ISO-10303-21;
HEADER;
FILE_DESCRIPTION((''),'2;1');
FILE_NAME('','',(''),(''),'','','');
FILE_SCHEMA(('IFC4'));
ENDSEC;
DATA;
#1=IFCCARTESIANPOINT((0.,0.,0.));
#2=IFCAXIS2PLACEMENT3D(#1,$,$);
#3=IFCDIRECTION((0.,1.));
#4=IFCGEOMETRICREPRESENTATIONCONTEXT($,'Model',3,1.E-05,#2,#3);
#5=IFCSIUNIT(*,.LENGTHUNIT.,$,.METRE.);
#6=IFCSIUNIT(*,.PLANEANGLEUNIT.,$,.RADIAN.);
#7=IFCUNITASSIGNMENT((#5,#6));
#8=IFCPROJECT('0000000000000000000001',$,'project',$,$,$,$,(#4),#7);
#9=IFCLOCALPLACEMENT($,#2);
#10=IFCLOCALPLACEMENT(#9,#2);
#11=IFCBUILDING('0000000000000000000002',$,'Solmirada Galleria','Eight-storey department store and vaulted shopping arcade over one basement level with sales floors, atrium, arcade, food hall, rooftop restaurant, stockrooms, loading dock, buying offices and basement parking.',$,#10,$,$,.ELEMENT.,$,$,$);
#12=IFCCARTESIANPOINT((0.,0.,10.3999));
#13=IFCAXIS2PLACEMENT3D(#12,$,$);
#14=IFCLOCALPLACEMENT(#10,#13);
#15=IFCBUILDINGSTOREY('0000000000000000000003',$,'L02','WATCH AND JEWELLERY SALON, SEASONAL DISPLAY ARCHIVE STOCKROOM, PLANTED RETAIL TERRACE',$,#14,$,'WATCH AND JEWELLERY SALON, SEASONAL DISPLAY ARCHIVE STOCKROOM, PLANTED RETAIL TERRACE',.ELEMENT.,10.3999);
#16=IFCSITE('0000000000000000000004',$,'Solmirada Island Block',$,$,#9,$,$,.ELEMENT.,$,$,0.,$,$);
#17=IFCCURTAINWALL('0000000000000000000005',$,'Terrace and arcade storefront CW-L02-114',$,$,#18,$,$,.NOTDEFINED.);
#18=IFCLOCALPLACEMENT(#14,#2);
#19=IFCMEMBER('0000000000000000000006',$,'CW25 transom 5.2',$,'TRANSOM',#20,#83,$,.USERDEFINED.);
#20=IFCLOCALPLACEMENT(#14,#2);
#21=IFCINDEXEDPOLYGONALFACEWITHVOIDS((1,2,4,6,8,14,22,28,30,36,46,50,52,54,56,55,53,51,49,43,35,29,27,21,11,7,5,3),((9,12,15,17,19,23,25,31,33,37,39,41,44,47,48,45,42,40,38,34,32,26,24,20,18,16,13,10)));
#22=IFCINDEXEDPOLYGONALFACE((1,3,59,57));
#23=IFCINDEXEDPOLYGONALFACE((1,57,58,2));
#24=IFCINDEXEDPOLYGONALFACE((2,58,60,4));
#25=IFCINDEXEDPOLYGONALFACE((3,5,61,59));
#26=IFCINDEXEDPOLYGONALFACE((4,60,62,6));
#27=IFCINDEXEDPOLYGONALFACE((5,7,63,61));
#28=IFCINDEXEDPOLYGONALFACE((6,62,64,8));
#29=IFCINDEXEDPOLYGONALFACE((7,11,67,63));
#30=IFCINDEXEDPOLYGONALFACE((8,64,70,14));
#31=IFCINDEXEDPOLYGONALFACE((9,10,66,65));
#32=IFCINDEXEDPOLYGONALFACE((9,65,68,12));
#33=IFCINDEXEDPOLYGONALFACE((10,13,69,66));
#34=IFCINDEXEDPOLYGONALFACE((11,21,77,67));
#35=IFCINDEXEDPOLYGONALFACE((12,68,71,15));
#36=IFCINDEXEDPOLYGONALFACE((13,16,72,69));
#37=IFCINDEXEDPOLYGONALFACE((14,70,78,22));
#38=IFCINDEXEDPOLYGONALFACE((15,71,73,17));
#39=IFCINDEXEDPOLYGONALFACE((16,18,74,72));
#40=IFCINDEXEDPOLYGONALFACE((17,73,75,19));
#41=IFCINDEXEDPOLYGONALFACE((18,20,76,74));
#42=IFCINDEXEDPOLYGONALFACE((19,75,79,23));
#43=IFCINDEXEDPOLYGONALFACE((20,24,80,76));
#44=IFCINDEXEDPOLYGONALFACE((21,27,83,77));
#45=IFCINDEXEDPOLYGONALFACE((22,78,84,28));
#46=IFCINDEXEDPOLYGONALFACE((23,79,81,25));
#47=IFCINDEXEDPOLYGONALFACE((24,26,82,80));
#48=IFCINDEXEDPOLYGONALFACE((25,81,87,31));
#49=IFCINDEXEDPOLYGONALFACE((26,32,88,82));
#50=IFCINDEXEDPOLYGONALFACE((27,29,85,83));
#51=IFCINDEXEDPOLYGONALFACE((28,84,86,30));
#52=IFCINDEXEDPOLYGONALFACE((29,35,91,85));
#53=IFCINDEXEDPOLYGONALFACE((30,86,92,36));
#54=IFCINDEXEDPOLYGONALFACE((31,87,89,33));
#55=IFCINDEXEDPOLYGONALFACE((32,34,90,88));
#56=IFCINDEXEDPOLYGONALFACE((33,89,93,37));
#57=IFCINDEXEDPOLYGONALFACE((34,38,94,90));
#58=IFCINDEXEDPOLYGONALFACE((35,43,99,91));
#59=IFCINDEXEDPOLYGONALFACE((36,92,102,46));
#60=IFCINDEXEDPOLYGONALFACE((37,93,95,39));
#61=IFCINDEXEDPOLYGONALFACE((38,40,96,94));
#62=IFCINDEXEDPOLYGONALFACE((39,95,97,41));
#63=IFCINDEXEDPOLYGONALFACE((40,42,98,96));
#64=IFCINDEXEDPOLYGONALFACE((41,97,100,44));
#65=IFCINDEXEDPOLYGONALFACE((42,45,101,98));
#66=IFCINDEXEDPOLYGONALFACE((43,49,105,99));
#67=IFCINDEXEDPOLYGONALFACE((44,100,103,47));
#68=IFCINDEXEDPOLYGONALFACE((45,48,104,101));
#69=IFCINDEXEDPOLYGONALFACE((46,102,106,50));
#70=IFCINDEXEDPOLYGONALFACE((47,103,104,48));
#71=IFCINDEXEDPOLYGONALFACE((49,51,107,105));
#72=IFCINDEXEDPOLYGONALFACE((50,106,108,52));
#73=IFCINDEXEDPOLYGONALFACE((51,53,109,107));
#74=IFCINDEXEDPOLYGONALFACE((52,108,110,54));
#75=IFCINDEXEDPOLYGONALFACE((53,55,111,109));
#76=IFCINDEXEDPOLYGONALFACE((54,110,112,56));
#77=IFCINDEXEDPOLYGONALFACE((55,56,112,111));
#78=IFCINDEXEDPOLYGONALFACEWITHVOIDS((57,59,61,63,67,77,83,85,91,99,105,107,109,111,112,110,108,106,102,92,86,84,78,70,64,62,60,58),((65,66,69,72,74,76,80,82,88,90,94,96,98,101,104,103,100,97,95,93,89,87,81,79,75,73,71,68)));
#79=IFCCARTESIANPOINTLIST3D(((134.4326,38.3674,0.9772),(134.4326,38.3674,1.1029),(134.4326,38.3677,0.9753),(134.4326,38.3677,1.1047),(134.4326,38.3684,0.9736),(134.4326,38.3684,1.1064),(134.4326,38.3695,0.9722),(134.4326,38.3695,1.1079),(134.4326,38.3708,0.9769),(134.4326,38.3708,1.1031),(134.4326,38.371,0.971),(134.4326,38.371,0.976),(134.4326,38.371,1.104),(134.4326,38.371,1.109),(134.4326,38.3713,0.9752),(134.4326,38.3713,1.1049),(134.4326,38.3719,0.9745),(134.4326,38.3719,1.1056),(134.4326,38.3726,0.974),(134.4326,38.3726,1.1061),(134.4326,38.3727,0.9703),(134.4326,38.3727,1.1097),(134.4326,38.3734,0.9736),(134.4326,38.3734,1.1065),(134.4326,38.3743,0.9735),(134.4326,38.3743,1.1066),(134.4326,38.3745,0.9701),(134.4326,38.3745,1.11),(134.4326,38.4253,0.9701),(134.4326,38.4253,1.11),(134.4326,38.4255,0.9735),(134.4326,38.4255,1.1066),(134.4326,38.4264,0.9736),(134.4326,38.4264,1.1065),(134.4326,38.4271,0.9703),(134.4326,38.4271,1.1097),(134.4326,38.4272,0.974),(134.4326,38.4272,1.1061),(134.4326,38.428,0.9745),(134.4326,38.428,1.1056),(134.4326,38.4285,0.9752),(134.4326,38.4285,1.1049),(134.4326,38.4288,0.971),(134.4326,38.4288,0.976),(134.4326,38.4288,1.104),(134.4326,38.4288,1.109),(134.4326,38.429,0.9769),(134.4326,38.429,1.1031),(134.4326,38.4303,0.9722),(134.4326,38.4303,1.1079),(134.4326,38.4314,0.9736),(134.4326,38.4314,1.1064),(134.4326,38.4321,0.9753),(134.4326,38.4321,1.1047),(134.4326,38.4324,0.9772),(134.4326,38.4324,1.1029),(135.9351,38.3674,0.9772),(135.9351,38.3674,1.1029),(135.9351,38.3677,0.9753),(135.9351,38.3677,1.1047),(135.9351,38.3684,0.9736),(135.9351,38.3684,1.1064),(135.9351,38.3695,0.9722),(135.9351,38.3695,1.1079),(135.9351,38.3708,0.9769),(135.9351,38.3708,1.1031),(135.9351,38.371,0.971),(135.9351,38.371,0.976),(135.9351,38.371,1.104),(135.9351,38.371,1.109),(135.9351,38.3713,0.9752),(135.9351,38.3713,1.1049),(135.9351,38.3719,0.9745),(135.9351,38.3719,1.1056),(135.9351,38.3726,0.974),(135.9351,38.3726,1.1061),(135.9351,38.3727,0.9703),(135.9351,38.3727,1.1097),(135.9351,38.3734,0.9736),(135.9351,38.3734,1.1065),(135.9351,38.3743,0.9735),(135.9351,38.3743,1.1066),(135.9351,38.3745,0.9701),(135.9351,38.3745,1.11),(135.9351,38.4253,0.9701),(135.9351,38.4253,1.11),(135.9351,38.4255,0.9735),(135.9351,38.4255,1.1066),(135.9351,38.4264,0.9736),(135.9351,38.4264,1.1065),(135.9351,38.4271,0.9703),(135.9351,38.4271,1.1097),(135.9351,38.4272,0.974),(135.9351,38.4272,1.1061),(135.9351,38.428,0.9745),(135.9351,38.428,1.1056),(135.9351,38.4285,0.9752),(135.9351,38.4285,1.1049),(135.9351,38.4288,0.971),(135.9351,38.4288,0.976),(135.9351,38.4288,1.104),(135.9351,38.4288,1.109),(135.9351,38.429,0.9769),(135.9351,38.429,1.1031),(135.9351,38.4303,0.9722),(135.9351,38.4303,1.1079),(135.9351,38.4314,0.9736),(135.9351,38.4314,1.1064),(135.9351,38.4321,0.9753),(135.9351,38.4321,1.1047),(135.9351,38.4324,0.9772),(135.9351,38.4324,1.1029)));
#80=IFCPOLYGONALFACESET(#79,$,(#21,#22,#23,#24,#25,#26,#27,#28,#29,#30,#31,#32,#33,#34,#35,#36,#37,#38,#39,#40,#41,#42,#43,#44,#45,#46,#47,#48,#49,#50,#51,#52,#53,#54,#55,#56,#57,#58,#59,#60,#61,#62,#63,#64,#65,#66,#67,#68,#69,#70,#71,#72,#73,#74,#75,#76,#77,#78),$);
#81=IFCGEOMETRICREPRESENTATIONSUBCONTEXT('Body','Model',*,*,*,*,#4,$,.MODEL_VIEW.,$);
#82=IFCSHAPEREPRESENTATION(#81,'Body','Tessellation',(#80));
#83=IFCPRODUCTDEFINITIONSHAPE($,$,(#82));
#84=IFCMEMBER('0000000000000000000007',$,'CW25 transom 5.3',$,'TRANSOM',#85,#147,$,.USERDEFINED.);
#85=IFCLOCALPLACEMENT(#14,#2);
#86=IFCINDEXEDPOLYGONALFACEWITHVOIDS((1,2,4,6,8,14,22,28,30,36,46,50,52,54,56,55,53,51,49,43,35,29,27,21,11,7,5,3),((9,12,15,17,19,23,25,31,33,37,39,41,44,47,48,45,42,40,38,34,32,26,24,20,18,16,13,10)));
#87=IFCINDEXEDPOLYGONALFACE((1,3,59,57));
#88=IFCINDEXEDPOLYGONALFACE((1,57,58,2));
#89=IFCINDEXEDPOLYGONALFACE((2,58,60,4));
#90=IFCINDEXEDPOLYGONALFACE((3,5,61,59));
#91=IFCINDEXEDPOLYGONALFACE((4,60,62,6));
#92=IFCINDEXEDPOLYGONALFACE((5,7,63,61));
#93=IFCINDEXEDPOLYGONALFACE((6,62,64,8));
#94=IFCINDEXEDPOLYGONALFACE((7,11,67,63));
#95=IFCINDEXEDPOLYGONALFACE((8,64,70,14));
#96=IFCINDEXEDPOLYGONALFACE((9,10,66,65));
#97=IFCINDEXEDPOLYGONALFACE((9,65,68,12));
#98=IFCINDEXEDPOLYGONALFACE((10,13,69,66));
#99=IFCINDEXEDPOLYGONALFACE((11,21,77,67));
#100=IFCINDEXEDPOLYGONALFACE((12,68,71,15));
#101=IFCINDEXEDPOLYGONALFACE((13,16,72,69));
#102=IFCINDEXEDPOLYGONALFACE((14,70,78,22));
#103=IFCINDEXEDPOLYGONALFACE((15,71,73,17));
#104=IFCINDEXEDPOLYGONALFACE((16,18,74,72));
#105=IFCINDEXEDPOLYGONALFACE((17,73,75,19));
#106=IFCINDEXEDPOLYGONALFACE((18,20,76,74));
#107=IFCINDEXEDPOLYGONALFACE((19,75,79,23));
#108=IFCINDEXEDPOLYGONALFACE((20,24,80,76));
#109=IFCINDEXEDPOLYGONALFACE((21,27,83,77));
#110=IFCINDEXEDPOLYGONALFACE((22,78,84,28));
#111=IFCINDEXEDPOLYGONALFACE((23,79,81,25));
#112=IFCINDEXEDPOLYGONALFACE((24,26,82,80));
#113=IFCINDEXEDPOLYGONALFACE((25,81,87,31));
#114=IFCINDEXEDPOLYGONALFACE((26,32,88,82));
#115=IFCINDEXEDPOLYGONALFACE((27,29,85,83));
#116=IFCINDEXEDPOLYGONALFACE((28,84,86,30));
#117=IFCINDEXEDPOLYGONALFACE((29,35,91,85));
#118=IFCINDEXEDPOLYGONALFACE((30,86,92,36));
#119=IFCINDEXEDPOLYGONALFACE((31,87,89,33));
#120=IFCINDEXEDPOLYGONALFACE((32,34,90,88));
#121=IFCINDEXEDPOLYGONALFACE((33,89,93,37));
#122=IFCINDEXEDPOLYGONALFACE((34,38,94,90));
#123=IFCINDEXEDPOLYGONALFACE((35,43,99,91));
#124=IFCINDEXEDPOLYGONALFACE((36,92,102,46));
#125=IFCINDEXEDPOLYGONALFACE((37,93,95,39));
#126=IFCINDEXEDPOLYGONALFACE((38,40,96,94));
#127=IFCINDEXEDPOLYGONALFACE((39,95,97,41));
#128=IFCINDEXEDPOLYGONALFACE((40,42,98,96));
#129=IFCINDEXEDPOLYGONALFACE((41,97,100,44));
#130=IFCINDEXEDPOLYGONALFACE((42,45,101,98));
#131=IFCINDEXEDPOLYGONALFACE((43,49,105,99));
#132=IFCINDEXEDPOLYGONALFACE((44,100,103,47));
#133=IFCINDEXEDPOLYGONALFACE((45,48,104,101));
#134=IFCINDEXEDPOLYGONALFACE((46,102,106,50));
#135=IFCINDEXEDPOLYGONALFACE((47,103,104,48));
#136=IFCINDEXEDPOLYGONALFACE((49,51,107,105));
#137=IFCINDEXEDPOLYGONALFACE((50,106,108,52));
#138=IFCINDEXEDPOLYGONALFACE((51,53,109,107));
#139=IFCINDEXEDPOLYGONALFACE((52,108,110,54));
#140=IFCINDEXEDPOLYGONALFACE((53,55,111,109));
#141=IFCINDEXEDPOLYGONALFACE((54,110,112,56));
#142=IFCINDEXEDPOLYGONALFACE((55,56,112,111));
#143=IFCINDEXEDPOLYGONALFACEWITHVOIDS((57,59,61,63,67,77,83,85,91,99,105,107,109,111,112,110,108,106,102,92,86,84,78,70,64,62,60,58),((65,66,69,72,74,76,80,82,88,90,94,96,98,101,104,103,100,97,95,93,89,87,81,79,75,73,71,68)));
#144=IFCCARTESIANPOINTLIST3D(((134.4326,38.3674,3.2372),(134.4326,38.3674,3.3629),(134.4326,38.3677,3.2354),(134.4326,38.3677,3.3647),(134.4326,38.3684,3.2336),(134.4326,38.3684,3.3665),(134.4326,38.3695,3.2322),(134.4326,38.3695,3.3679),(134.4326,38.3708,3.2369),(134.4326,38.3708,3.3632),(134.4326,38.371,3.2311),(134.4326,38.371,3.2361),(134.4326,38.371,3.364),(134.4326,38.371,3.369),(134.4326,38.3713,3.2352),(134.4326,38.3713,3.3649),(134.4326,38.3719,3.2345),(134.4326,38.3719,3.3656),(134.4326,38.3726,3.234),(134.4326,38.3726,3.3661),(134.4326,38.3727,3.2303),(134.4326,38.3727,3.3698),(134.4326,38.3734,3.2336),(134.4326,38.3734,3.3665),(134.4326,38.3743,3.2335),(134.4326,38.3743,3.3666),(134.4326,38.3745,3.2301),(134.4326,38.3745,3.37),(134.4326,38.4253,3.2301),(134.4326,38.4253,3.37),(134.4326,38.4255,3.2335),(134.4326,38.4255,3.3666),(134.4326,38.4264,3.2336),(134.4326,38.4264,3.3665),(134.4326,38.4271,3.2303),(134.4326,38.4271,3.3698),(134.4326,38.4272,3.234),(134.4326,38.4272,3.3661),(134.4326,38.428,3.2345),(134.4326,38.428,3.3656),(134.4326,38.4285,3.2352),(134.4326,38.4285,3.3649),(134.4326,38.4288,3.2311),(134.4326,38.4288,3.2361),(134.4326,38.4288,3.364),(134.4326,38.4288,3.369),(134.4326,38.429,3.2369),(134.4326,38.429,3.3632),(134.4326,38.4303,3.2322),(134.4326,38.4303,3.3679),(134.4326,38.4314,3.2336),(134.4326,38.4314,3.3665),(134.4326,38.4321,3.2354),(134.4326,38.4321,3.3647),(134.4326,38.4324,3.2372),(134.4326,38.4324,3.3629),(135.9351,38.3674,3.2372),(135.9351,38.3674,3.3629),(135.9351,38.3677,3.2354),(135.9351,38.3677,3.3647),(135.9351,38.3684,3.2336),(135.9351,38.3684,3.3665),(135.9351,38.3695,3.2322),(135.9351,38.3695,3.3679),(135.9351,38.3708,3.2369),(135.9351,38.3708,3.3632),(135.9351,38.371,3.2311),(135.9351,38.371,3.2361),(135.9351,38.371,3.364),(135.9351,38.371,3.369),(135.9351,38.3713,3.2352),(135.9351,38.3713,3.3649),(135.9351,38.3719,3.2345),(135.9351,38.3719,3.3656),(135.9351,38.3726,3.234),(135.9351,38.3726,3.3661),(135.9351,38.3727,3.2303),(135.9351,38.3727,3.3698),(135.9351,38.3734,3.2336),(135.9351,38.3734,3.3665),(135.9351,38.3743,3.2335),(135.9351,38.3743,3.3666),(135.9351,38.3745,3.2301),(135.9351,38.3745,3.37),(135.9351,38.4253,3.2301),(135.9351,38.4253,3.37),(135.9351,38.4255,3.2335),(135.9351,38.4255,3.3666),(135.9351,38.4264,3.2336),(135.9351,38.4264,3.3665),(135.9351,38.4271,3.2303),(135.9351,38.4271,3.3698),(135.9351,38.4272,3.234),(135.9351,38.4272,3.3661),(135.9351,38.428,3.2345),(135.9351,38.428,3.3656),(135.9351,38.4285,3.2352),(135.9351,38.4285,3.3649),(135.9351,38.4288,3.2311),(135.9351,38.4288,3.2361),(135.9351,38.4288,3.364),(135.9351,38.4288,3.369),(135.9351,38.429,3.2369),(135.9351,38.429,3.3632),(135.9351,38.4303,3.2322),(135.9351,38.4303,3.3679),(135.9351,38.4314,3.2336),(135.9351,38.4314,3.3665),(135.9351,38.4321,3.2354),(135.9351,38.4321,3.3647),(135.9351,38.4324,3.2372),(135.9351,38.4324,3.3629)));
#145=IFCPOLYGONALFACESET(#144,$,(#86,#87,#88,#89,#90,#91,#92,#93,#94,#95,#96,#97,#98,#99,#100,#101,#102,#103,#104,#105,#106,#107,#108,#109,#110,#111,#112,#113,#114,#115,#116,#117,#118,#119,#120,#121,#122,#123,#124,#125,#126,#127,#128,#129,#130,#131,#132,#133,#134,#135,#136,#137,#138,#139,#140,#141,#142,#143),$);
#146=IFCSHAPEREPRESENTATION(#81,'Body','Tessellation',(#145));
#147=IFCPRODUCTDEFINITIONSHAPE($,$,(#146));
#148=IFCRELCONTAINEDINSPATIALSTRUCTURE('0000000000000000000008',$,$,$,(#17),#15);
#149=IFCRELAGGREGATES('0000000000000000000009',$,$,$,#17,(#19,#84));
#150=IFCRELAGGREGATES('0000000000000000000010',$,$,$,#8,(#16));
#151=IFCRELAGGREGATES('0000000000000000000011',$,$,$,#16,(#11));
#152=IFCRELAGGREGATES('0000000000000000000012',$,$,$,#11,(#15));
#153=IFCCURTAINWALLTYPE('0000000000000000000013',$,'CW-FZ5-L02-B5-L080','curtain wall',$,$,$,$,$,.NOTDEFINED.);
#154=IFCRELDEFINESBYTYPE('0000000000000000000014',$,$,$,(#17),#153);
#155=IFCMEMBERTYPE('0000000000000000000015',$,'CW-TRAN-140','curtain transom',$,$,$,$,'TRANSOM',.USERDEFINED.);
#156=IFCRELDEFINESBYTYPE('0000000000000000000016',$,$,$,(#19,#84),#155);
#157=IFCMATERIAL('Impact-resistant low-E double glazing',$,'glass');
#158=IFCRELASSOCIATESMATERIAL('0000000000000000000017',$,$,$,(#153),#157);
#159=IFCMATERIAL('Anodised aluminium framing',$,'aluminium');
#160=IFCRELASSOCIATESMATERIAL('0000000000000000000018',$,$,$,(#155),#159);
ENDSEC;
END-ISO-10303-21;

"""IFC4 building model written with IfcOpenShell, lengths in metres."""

from ifc_helpers import new_model, si_unit, direction, frame, origin, origin_2d, place, context, subcontext, project, spatial, hollow_rectangle, extrude, material, material_profile, profile_set, type_object, element, aggregate, save


model = new_model("IFC4")

# Units and contexts
model_context = context("Model", 3, precision=1e-05, world=origin(), true_north=direction((0.0, 1.0)))
body_context = subcontext(model_context, "Body", "Model", "MODEL_VIEW")
ifc_project = project(units=[si_unit("LENGTHUNIT", "METRE"), si_unit("PLANEANGLEUNIT", "RADIAN")], contexts=[model_context])

# Site, building, storey
site_placement = place(None, origin())
site = spatial("IfcSite", under=ifc_project, at=site_placement, Name="Solmirada Island Block", CompositionType="ELEMENT", RefElevation=0.0)
building_placement = place(site_placement, origin())
building = spatial("IfcBuilding", under=site, at=building_placement, Name="Solmirada Galleria", Description="Eight-storey department store and vaulted shopping arcade over one basement level with sales floors, atrium, arcade, food hall, rooftop restaurant, stockrooms, loading dock, buying offices and basement parking.", CompositionType="ELEMENT")
storey_placement = place(building_placement, frame((0.0, 0.0, 10.3999)))
storey = spatial("IfcBuildingStorey", under=building, at=storey_placement, Name="L02", Description="WATCH AND JEWELLERY SALON, SEASONAL DISPLAY ARCHIVE STOCKROOM, PLANTED RETAIL TERRACE", LongName="WATCH AND JEWELLERY SALON, SEASONAL DISPLAY ARCHIVE STOCKROOM, PLANTED RETAIL TERRACE", CompositionType="ELEMENT", Elevation=10.3999)

# Curtain wall
ifc_material_1 = material(Name="Impact-resistant low-E double glazing", Category="glass")
ifc_material_2 = material(Name="Anodised aluminium framing", Category="aluminium")
curtain_wall_type_1 = type_object("IfcCurtainWallType", Name="CW-FZ5-L02-B5-L080", Description="curtain wall", PredefinedType="NOTDEFINED", material=ifc_material_1)
curtain_wall_1_placement = place(storey_placement, origin())
curtain_wall_1 = element("IfcCurtainWall", 1, at=curtain_wall_1_placement, inside=storey, type_object=curtain_wall_type_1, Name="Terrace and arcade storefront CW-L02-114", PredefinedType="NOTDEFINED")

# Members
ifc_material_profile_1 = material_profile(ifc_material_2, hollow_rectangle(XDim=0.0649, YDim=0.1399, WallThickness=0.0034, InnerFilletRadius=0.0034, OuterFilletRadius=0.0071, at=origin_2d()), Name="ALU-TRAN-140X65")
ifc_profile_set_1 = profile_set([ifc_material_profile_1], Name="Anodised aluminium framing")
member_type_1 = type_object("IfcMemberType", Name="CW-TRAN-140", Description="curtain transom", ElementType="TRANSOM", PredefinedType="USERDEFINED", material=ifc_profile_set_1)
member_1_placement = place(storey_placement, frame((134.4326, 38.3999, 1.04), z_axis=(1.0, 0.0, 0.0), x_axis=(0.0, 1.0, 0.0)))
member_1 = element("IfcMember", 2, at=member_1_placement, type_object=member_type_1, Name="CW25 transom 5.2", ObjectType="TRANSOM", PredefinedType="USERDEFINED", context=body_context, shape_type="SweptSolid", body=[
    extrude(hollow_rectangle(XDim=0.0649, YDim=0.1399, WallThickness=0.0034, InnerFilletRadius=0.0034, OuterFilletRadius=0.0071, at=origin_2d()), origin(), (0.0, 0.0, 1.0), 1.5024),
])
member_2_placement = place(storey_placement, frame((134.4326, 38.3999, 3.3), z_axis=(1.0, 0.0, 0.0), x_axis=(0.0, 1.0, 0.0)))
member_2 = element("IfcMember", 3, at=member_2_placement, type_object=member_type_1, Name="CW25 transom 5.3", ObjectType="TRANSOM", PredefinedType="USERDEFINED", context=body_context, shape_type="SweptSolid", body=[
    extrude(hollow_rectangle(XDim=0.0649, YDim=0.1399, WallThickness=0.0034, InnerFilletRadius=0.0034, OuterFilletRadius=0.0071, at=origin_2d()), origin(), (0.0, 0.0, 1.0), 1.5024),
])

aggregate(curtain_wall_1, [member_1, member_2])

save(model, "model.ifc")
